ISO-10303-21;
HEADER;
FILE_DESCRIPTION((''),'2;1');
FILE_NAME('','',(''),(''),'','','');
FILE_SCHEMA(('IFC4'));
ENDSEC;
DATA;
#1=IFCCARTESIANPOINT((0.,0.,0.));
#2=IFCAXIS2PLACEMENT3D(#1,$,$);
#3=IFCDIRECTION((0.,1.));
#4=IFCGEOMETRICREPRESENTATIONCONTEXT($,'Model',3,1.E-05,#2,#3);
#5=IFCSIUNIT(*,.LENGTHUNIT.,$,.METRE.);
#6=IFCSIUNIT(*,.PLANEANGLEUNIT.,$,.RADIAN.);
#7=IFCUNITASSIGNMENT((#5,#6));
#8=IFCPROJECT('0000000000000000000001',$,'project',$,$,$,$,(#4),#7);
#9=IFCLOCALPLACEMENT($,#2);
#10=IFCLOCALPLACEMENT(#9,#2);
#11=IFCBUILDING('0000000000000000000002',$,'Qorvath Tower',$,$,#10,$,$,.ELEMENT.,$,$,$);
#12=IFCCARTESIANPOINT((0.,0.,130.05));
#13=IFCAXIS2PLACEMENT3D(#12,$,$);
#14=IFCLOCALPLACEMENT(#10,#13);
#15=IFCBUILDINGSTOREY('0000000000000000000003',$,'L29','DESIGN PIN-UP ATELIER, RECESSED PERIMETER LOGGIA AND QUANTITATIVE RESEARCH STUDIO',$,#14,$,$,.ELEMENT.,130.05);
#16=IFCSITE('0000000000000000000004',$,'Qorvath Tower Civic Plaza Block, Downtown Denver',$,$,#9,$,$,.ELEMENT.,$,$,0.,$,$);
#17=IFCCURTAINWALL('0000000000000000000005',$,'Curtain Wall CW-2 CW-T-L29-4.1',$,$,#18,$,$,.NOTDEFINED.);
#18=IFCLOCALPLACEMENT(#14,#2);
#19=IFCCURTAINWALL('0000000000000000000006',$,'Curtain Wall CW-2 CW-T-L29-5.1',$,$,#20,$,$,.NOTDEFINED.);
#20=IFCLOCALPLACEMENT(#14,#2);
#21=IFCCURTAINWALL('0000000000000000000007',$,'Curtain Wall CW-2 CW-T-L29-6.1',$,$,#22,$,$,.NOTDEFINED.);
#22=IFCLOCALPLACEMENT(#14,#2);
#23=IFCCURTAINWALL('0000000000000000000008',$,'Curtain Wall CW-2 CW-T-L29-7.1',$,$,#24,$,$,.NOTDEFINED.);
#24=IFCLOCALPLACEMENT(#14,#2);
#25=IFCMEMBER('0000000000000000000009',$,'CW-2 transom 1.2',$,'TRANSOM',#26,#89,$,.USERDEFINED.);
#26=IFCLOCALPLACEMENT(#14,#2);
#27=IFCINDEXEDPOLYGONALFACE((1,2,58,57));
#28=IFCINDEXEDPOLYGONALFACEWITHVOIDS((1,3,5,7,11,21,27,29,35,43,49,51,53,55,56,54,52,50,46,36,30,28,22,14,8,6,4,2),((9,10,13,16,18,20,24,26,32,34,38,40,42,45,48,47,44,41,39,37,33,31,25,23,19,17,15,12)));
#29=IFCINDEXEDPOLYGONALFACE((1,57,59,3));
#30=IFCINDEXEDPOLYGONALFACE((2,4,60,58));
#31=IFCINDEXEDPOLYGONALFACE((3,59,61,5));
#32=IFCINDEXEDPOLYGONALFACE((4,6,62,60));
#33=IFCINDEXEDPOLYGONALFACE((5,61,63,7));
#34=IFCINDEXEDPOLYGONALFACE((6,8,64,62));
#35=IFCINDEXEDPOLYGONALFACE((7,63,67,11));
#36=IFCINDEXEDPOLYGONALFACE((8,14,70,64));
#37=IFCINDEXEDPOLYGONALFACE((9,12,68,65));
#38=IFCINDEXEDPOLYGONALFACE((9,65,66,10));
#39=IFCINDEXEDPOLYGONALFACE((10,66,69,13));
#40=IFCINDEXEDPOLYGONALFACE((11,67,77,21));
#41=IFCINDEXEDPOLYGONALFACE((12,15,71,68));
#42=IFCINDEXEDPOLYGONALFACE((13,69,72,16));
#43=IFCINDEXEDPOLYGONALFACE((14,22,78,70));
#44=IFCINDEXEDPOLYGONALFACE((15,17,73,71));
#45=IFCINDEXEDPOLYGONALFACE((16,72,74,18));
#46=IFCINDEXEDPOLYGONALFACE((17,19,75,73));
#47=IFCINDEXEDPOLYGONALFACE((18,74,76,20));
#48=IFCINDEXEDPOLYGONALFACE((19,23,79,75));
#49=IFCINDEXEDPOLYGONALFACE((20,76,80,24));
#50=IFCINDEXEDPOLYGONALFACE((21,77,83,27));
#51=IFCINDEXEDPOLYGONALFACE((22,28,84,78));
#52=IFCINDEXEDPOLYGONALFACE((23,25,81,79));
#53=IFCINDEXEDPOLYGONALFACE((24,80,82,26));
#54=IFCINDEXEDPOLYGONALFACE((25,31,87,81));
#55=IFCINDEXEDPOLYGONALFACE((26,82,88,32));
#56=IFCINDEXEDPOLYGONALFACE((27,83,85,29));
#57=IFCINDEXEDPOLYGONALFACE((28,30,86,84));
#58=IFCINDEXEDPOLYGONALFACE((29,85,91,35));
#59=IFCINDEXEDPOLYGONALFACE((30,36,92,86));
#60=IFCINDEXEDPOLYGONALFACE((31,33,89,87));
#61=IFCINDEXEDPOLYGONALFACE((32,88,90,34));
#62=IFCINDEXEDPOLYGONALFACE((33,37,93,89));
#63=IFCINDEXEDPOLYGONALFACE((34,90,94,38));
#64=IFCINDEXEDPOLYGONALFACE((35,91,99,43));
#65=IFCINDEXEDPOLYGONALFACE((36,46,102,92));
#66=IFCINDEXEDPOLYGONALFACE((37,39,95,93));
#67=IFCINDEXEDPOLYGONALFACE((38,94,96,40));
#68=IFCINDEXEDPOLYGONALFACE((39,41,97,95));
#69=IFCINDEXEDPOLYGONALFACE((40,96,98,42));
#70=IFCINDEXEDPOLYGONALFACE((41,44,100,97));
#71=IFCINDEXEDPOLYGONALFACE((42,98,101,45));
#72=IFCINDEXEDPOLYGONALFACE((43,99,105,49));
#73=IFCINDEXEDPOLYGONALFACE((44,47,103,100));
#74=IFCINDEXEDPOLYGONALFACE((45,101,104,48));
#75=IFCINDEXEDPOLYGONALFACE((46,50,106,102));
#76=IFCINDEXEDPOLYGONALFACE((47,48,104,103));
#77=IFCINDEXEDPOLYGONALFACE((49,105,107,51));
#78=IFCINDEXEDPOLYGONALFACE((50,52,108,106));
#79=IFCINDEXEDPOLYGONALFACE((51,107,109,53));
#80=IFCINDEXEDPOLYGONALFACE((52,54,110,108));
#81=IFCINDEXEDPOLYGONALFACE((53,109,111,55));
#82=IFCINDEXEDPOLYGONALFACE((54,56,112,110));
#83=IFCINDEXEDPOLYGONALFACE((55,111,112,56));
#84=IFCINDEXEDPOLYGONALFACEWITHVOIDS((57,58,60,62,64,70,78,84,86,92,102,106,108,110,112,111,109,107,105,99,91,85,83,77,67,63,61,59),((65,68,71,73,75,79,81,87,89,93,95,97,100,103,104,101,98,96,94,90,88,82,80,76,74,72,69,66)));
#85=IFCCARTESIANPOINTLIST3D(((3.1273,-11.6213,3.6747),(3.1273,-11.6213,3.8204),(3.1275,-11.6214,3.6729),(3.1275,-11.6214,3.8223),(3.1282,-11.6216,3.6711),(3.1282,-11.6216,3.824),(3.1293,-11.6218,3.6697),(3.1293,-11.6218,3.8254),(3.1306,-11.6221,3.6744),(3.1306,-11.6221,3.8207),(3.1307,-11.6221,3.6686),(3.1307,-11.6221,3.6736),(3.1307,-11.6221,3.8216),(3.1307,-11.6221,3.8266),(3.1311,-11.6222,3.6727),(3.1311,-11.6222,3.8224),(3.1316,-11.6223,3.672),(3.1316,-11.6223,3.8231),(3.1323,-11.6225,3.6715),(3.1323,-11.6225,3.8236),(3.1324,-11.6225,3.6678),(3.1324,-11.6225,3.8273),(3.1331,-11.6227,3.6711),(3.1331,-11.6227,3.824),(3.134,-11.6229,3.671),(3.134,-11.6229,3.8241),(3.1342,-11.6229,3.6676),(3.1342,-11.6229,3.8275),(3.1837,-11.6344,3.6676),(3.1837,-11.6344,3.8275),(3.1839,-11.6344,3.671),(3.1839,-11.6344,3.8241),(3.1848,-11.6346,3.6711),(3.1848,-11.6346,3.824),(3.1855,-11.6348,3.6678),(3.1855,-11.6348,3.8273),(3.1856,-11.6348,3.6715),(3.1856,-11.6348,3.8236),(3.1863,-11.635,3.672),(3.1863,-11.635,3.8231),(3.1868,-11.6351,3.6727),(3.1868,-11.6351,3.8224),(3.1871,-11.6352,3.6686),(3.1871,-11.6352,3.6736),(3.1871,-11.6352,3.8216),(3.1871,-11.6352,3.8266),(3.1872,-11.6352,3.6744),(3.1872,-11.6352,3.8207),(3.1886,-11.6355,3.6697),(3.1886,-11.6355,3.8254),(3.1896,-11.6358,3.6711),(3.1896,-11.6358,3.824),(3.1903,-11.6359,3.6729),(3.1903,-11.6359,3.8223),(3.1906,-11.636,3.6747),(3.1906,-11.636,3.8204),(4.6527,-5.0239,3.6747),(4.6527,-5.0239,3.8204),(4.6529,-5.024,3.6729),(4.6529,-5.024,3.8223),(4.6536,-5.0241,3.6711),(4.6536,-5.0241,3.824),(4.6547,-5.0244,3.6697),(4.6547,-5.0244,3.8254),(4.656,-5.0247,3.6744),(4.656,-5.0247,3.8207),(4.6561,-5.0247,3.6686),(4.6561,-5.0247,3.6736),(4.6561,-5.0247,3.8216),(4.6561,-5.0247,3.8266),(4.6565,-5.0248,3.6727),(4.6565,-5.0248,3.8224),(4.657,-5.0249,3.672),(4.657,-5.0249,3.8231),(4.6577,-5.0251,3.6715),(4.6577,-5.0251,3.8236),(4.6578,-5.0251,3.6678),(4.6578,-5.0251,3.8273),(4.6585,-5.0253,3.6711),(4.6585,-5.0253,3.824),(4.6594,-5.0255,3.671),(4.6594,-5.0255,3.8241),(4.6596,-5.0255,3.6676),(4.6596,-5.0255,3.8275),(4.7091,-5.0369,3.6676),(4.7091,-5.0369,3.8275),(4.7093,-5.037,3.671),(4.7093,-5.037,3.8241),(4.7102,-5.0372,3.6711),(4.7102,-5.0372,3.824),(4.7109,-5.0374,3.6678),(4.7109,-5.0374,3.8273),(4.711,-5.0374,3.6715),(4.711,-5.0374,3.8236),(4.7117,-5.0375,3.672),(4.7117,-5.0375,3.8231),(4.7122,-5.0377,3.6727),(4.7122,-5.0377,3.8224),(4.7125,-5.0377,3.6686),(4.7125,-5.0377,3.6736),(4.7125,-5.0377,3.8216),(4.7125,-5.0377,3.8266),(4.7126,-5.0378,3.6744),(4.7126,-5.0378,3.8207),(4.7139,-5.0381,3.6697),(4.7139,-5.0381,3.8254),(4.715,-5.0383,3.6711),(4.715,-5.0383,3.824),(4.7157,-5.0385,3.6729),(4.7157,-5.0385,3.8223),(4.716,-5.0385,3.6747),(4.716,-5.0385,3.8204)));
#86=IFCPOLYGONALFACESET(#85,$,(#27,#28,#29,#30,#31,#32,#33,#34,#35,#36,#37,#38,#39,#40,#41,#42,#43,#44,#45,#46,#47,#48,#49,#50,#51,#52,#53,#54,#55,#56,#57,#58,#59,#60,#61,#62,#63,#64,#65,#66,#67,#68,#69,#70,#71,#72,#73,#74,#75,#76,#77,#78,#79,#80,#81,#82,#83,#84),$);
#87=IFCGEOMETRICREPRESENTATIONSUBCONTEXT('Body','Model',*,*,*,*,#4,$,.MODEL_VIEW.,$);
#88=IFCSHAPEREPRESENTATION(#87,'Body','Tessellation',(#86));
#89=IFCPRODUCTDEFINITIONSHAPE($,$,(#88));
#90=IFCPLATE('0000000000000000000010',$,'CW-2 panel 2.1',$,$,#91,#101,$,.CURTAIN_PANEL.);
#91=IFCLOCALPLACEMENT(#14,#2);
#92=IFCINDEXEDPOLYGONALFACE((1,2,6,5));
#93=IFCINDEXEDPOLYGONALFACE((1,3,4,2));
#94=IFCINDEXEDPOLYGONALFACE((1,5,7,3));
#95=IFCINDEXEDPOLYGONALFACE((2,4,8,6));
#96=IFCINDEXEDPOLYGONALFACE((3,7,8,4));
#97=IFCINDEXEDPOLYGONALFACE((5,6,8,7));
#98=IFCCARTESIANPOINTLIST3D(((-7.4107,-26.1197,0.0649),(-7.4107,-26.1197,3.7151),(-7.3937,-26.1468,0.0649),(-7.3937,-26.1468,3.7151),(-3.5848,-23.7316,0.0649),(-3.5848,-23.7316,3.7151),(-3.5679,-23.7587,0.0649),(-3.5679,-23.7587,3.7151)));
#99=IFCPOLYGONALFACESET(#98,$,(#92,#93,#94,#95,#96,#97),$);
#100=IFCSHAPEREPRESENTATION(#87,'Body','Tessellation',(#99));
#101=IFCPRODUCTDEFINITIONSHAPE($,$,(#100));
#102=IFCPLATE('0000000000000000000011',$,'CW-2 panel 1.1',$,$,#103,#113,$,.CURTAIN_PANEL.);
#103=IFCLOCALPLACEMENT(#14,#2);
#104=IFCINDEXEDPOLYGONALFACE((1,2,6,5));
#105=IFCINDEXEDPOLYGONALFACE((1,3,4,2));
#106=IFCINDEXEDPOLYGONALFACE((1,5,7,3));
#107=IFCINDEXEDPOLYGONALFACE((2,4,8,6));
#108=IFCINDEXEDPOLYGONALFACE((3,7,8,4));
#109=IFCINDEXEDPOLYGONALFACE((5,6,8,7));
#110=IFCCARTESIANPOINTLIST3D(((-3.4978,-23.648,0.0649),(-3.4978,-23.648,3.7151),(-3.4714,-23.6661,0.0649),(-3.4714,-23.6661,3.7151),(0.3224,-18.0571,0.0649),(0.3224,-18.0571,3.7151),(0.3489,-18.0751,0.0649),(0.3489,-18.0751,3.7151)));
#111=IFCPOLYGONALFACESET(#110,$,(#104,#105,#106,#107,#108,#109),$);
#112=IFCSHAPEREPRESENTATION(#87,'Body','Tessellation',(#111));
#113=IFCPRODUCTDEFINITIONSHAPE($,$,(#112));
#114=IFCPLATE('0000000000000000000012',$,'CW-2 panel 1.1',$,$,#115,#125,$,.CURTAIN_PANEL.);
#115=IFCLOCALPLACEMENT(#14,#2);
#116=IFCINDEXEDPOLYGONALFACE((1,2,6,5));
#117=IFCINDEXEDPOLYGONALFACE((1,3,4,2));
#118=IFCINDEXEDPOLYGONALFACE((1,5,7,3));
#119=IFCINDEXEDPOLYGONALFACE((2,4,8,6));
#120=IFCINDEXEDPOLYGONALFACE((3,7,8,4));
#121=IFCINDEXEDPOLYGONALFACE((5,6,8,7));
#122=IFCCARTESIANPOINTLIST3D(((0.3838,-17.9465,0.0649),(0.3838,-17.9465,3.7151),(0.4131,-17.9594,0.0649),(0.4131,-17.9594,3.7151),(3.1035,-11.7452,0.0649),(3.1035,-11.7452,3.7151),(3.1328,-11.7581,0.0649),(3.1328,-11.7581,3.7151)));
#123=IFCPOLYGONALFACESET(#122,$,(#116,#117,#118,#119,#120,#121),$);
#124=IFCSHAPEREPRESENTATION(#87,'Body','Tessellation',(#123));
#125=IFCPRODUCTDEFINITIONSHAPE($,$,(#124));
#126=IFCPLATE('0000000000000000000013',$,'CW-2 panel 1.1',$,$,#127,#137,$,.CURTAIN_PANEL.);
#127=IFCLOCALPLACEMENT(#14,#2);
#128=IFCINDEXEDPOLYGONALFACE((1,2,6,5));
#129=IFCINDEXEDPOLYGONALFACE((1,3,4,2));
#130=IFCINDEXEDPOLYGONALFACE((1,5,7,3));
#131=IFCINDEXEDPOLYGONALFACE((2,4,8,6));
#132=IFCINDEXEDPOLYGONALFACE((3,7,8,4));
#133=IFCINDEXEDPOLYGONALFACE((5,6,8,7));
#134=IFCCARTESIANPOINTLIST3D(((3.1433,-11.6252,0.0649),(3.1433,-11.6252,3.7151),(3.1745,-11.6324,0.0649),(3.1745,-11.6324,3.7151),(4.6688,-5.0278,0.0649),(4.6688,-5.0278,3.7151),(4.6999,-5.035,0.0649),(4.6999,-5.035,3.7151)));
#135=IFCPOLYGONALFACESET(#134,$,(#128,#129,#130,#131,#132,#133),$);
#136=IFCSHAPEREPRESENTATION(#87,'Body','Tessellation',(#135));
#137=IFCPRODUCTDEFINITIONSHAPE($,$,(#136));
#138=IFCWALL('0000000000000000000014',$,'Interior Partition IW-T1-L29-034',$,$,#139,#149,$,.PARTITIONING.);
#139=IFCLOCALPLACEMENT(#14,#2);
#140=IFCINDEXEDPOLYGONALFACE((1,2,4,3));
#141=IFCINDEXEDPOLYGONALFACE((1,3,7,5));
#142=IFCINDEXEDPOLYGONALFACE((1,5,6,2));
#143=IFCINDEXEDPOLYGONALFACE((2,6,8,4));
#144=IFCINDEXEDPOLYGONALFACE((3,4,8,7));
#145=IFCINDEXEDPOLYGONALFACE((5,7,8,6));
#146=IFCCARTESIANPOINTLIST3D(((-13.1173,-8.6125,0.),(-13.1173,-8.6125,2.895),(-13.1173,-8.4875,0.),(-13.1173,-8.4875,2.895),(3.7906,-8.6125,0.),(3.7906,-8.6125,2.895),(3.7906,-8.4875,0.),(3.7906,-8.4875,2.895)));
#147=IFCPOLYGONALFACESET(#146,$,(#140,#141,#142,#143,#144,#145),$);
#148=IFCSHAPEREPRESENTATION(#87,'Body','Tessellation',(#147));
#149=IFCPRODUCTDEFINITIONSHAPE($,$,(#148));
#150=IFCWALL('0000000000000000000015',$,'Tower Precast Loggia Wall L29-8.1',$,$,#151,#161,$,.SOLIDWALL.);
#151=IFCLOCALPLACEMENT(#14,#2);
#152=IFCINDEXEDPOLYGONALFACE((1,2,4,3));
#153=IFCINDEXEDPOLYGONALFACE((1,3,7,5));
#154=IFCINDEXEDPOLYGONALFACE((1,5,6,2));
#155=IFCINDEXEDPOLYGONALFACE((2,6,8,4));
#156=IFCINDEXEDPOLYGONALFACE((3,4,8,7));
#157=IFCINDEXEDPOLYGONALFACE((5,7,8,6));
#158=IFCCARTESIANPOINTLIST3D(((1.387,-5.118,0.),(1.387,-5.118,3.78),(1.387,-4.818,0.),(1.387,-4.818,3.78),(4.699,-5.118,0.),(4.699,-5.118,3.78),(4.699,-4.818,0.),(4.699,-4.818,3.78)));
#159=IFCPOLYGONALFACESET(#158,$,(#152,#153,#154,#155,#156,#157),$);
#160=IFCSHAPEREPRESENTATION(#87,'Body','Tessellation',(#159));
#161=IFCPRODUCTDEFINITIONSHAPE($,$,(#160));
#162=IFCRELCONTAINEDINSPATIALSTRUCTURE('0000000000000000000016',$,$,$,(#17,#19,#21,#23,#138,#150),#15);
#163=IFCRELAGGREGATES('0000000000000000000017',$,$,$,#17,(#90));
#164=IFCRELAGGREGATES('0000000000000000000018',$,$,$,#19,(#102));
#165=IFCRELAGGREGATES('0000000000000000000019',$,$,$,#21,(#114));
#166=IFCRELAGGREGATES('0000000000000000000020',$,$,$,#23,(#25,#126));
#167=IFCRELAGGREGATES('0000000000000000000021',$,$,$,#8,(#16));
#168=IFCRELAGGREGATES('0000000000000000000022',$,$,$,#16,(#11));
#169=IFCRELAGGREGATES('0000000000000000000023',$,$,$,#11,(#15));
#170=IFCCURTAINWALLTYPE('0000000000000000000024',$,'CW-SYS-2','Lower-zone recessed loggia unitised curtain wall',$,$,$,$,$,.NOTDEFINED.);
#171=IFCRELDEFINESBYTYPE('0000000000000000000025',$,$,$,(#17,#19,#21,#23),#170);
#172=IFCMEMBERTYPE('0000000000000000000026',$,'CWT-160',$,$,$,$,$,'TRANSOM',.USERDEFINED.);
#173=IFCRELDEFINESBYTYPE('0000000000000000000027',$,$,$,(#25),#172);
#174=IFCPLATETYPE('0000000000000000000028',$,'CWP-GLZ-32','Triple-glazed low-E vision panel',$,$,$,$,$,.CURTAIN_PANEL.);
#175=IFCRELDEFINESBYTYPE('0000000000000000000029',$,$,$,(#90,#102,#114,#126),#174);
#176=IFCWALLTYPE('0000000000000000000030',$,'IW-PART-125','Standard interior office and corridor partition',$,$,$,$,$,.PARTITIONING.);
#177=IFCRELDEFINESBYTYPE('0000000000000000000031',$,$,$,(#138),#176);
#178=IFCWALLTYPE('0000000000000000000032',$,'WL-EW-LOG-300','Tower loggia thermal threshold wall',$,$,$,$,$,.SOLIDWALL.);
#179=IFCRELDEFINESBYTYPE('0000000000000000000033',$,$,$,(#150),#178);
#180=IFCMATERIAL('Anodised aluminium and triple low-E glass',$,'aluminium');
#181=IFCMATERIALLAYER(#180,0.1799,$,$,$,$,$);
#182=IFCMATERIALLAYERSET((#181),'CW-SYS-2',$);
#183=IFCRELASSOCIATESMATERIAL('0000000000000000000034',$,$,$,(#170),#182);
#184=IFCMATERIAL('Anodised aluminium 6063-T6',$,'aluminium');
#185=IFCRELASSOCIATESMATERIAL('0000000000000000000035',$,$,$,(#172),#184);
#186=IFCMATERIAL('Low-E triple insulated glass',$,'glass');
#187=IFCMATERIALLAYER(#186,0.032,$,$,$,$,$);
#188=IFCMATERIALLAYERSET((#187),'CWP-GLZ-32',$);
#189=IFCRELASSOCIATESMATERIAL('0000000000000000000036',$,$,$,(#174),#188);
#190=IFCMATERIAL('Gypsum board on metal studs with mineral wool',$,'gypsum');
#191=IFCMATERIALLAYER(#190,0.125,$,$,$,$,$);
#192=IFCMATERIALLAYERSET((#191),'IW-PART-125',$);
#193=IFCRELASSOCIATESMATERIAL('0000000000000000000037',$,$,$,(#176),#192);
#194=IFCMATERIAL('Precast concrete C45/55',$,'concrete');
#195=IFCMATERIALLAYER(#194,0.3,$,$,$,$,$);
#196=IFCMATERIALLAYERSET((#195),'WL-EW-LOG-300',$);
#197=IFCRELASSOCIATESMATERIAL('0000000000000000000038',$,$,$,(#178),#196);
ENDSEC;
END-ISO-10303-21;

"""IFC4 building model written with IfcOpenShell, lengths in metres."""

from ifc_helpers import new_model, si_unit, direction, frame, frame_2d, origin, origin_2d, place, context, subcontext, project, spatial, rectangle, hollow_rectangle, extrude, material, layer, layer_set, material_profile, profile_set, type_object, element, aggregate, save


model = new_model("IFC4")

# Units and contexts
model_context = context("Model", 3, precision=1e-05, world=origin(), true_north=direction((0.0, 1.0)))
body_context = subcontext(model_context, "Body", "Model", "MODEL_VIEW")
ifc_project = project(units=[si_unit("LENGTHUNIT", "METRE"), si_unit("PLANEANGLEUNIT", "RADIAN")], contexts=[model_context])

# Site, building, storey
site_placement = place(None, origin())
site = spatial("IfcSite", under=ifc_project, at=site_placement, Name="Qorvath Tower Civic Plaza Block, Downtown Denver", CompositionType="ELEMENT", RefElevation=0.0)
building_placement = place(site_placement, origin())
building = spatial("IfcBuilding", under=site, at=building_placement, Name="Qorvath Tower", CompositionType="ELEMENT")
storey_placement = place(building_placement, frame((0.0, 0.0, 130.05)))
storey = spatial("IfcBuildingStorey", under=building, at=storey_placement, Name="L29", Description="DESIGN PIN-UP ATELIER, RECESSED PERIMETER LOGGIA AND QUANTITATIVE RESEARCH STUDIO", CompositionType="ELEMENT", Elevation=130.05)

# Curtain walls
ifc_material_1 = material(Name="Anodised aluminium and triple low-E glass", Category="aluminium")
ifc_layer_1 = layer(ifc_material_1, 0.1799)
ifc_layer_set_1 = layer_set([ifc_layer_1], Name="CW-SYS-2")
curtain_wall_type = type_object("IfcCurtainWallType", Name="CW-SYS-2", Description="Lower-zone recessed loggia unitised curtain wall", PredefinedType="NOTDEFINED", material=ifc_layer_set_1)
curtain_wall_1_placement = place(storey_placement, origin())
curtain_wall_1 = element("IfcCurtainWall", 1, at=curtain_wall_1_placement, inside=storey, type_object=curtain_wall_type, Name="Curtain Wall CW-2 CW-T-L29-4.1", PredefinedType="NOTDEFINED")
curtain_wall_2_placement = place(storey_placement, origin())
curtain_wall_2 = element("IfcCurtainWall", 2, at=curtain_wall_2_placement, inside=storey, type_object=curtain_wall_type, Name="Curtain Wall CW-2 CW-T-L29-5.1", PredefinedType="NOTDEFINED")
curtain_wall_3_placement = place(storey_placement, origin())
curtain_wall_3 = element("IfcCurtainWall", 3, at=curtain_wall_3_placement, inside=storey, type_object=curtain_wall_type, Name="Curtain Wall CW-2 CW-T-L29-6.1", PredefinedType="NOTDEFINED")
curtain_wall_4_placement = place(storey_placement, origin())
curtain_wall_4 = element("IfcCurtainWall", 4, at=curtain_wall_4_placement, inside=storey, type_object=curtain_wall_type, Name="Curtain Wall CW-2 CW-T-L29-7.1", PredefinedType="NOTDEFINED")

# Member
ifc_material_2 = material(Name="Anodised aluminium 6063-T6", Category="aluminium")
ifc_material_profile_1 = material_profile(ifc_material_2, hollow_rectangle(XDim=0.0649, YDim=0.1599, WallThickness=0.0034, InnerFilletRadius=0.0034, OuterFilletRadius=0.0071, at=origin_2d()), Name="CWT 160x65")
ifc_profile_set_1 = profile_set([ifc_material_profile_1], Name="Anodised aluminium 6063-T6")
member_type_1 = type_object("IfcMemberType", Name="CWT-160", ElementType="TRANSOM", PredefinedType="USERDEFINED", material=ifc_profile_set_1)
member_1_placement = place(storey_placement, frame((3.1589, -11.6287, 3.7476), z_axis=(0.225268, 0.974297, 0.0), x_axis=(-0.974297, 0.225268, 0.0)))
member_1 = element("IfcMember", 5, at=member_1_placement, type_object=member_type_1, Name="CW-2 transom 1.2", ObjectType="TRANSOM", PredefinedType="USERDEFINED", context=body_context, shape_type="SweptSolid", body=[
    extrude(hollow_rectangle(XDim=0.0649, YDim=0.1599, WallThickness=0.0034, InnerFilletRadius=0.0034, OuterFilletRadius=0.0071, at=origin_2d()), origin(), (0.0, 0.0, 1.0), 6.7715),
])

# Plates
ifc_material_3 = material(Name="Low-E triple insulated glass", Category="glass")
ifc_layer_2 = layer(ifc_material_3, 0.032)
ifc_layer_set_2 = layer_set([ifc_layer_2], Name="CWP-GLZ-32")
plate_type = type_object("IfcPlateType", Name="CWP-GLZ-32", Description="Triple-glazed low-E vision panel", PredefinedType="CURTAIN_PANEL", material=ifc_layer_set_2)
plate_1_placement = place(storey_placement, frame((-5.4893, -24.9392, 0.0649), z_axis=(0.0, 0.0, 1.0), x_axis=(0.848308, 0.529503, 0.0)))
plate_1 = element("IfcPlate", 6, at=plate_1_placement, type_object=plate_type, Name="CW-2 panel 2.1", PredefinedType="CURTAIN_PANEL", context=body_context, shape_type="SweptSolid", body=[
    extrude(rectangle(XDim=4.51, YDim=0.032, at=origin_2d()), origin(), (0.0, 0.0, 1.0), 3.6501),
])
aggregate(curtain_wall_1, [plate_1])
plate_2_placement = place(storey_placement, frame((-1.5745, -20.8616, 0.0649), z_axis=(0.0, 0.0, 1.0), x_axis=(0.564164, 0.825663, 0.0)))
plate_2 = element("IfcPlate", 7, at=plate_2_placement, type_object=plate_type, Name="CW-2 panel 1.1", PredefinedType="CURTAIN_PANEL", context=body_context, shape_type="SweptSolid", body=[
    extrude(rectangle(XDim=6.7715, YDim=0.032, at=origin_2d()), origin(), (0.0, 0.0, 1.0), 3.6501),
])
aggregate(curtain_wall_2, [plate_2])
plate_3_placement = place(storey_placement, frame((1.7583, -14.8523, 0.0649), z_axis=(0.0, 0.0, 1.0), x_axis=(0.401649, 0.915794, 0.0)))
plate_3 = element("IfcPlate", 8, at=plate_3_placement, type_object=plate_type, Name="CW-2 panel 1.1", PredefinedType="CURTAIN_PANEL", context=body_context, shape_type="SweptSolid", body=[
    extrude(rectangle(XDim=6.7715, YDim=0.032, at=origin_2d()), origin(), (0.0, 0.0, 1.0), 3.6501),
])
aggregate(curtain_wall_3, [plate_3])
plate_4_placement = place(storey_placement, frame((3.9216, -8.3301, 0.0649), z_axis=(0.0, 0.0, 1.0), x_axis=(0.22527, 0.974296, 0.0)))
plate_4 = element("IfcPlate", 9, at=plate_4_placement, type_object=plate_type, Name="CW-2 panel 1.1", PredefinedType="CURTAIN_PANEL", context=body_context, shape_type="SweptSolid", body=[
    extrude(rectangle(XDim=6.7715, YDim=0.032, at=origin_2d()), origin(), (0.0, 0.0, 1.0), 3.6501),
])
aggregate(curtain_wall_4, [member_1, plate_4])

# Walls
ifc_material_4 = material(Name="Gypsum board on metal studs with mineral wool", Category="gypsum")
ifc_layer_3 = layer(ifc_material_4, 0.125)
ifc_layer_set_3 = layer_set([ifc_layer_3], Name="IW-PART-125")
wall_type_1 = type_object("IfcWallType", Name="IW-PART-125", Description="Standard interior office and corridor partition", PredefinedType="PARTITIONING", material=ifc_layer_set_3)
wall_1_placement = place(storey_placement, frame((3.7908, -8.55, 0.0), z_axis=(0.0, 0.0, 1.0), x_axis=(-1.0, 0.0, 0.0)))
element("IfcWall", 10, at=wall_1_placement, inside=storey, type_object=wall_type_1, Name="Interior Partition IW-T1-L29-034", PredefinedType="PARTITIONING", context=body_context, shape_type="SweptSolid", body=[
    extrude(rectangle(XDim=16.908, YDim=0.125, at=frame_2d((8.4541, 0.0))), origin(), (0.0, 0.0, 1.0), 2.895),
])
ifc_material_5 = material(Name="Precast concrete C45/55", Category="concrete")
ifc_layer_4 = layer(ifc_material_5, 0.3)
ifc_layer_set_4 = layer_set([ifc_layer_4], Name="WL-EW-LOG-300")
wall_type_2 = type_object("IfcWallType", Name="WL-EW-LOG-300", Description="Tower loggia thermal threshold wall", PredefinedType="SOLIDWALL", material=ifc_layer_set_4)
wall_2_placement = place(storey_placement, frame((4.699, -4.968, 0.0), z_axis=(0.0, 0.0, 1.0), x_axis=(-1.0, 0.0, 0.0)))
element("IfcWall", 11, at=wall_2_placement, inside=storey, type_object=wall_type_2, Name="Tower Precast Loggia Wall L29-8.1", PredefinedType="SOLIDWALL", context=body_context, shape_type="SweptSolid", body=[
    extrude(rectangle(XDim=3.312, YDim=0.3, at=frame_2d((1.656, 0.0))), origin(), (0.0, 0.0, 1.0), 3.78),
])

save(model, "model.ifc")
